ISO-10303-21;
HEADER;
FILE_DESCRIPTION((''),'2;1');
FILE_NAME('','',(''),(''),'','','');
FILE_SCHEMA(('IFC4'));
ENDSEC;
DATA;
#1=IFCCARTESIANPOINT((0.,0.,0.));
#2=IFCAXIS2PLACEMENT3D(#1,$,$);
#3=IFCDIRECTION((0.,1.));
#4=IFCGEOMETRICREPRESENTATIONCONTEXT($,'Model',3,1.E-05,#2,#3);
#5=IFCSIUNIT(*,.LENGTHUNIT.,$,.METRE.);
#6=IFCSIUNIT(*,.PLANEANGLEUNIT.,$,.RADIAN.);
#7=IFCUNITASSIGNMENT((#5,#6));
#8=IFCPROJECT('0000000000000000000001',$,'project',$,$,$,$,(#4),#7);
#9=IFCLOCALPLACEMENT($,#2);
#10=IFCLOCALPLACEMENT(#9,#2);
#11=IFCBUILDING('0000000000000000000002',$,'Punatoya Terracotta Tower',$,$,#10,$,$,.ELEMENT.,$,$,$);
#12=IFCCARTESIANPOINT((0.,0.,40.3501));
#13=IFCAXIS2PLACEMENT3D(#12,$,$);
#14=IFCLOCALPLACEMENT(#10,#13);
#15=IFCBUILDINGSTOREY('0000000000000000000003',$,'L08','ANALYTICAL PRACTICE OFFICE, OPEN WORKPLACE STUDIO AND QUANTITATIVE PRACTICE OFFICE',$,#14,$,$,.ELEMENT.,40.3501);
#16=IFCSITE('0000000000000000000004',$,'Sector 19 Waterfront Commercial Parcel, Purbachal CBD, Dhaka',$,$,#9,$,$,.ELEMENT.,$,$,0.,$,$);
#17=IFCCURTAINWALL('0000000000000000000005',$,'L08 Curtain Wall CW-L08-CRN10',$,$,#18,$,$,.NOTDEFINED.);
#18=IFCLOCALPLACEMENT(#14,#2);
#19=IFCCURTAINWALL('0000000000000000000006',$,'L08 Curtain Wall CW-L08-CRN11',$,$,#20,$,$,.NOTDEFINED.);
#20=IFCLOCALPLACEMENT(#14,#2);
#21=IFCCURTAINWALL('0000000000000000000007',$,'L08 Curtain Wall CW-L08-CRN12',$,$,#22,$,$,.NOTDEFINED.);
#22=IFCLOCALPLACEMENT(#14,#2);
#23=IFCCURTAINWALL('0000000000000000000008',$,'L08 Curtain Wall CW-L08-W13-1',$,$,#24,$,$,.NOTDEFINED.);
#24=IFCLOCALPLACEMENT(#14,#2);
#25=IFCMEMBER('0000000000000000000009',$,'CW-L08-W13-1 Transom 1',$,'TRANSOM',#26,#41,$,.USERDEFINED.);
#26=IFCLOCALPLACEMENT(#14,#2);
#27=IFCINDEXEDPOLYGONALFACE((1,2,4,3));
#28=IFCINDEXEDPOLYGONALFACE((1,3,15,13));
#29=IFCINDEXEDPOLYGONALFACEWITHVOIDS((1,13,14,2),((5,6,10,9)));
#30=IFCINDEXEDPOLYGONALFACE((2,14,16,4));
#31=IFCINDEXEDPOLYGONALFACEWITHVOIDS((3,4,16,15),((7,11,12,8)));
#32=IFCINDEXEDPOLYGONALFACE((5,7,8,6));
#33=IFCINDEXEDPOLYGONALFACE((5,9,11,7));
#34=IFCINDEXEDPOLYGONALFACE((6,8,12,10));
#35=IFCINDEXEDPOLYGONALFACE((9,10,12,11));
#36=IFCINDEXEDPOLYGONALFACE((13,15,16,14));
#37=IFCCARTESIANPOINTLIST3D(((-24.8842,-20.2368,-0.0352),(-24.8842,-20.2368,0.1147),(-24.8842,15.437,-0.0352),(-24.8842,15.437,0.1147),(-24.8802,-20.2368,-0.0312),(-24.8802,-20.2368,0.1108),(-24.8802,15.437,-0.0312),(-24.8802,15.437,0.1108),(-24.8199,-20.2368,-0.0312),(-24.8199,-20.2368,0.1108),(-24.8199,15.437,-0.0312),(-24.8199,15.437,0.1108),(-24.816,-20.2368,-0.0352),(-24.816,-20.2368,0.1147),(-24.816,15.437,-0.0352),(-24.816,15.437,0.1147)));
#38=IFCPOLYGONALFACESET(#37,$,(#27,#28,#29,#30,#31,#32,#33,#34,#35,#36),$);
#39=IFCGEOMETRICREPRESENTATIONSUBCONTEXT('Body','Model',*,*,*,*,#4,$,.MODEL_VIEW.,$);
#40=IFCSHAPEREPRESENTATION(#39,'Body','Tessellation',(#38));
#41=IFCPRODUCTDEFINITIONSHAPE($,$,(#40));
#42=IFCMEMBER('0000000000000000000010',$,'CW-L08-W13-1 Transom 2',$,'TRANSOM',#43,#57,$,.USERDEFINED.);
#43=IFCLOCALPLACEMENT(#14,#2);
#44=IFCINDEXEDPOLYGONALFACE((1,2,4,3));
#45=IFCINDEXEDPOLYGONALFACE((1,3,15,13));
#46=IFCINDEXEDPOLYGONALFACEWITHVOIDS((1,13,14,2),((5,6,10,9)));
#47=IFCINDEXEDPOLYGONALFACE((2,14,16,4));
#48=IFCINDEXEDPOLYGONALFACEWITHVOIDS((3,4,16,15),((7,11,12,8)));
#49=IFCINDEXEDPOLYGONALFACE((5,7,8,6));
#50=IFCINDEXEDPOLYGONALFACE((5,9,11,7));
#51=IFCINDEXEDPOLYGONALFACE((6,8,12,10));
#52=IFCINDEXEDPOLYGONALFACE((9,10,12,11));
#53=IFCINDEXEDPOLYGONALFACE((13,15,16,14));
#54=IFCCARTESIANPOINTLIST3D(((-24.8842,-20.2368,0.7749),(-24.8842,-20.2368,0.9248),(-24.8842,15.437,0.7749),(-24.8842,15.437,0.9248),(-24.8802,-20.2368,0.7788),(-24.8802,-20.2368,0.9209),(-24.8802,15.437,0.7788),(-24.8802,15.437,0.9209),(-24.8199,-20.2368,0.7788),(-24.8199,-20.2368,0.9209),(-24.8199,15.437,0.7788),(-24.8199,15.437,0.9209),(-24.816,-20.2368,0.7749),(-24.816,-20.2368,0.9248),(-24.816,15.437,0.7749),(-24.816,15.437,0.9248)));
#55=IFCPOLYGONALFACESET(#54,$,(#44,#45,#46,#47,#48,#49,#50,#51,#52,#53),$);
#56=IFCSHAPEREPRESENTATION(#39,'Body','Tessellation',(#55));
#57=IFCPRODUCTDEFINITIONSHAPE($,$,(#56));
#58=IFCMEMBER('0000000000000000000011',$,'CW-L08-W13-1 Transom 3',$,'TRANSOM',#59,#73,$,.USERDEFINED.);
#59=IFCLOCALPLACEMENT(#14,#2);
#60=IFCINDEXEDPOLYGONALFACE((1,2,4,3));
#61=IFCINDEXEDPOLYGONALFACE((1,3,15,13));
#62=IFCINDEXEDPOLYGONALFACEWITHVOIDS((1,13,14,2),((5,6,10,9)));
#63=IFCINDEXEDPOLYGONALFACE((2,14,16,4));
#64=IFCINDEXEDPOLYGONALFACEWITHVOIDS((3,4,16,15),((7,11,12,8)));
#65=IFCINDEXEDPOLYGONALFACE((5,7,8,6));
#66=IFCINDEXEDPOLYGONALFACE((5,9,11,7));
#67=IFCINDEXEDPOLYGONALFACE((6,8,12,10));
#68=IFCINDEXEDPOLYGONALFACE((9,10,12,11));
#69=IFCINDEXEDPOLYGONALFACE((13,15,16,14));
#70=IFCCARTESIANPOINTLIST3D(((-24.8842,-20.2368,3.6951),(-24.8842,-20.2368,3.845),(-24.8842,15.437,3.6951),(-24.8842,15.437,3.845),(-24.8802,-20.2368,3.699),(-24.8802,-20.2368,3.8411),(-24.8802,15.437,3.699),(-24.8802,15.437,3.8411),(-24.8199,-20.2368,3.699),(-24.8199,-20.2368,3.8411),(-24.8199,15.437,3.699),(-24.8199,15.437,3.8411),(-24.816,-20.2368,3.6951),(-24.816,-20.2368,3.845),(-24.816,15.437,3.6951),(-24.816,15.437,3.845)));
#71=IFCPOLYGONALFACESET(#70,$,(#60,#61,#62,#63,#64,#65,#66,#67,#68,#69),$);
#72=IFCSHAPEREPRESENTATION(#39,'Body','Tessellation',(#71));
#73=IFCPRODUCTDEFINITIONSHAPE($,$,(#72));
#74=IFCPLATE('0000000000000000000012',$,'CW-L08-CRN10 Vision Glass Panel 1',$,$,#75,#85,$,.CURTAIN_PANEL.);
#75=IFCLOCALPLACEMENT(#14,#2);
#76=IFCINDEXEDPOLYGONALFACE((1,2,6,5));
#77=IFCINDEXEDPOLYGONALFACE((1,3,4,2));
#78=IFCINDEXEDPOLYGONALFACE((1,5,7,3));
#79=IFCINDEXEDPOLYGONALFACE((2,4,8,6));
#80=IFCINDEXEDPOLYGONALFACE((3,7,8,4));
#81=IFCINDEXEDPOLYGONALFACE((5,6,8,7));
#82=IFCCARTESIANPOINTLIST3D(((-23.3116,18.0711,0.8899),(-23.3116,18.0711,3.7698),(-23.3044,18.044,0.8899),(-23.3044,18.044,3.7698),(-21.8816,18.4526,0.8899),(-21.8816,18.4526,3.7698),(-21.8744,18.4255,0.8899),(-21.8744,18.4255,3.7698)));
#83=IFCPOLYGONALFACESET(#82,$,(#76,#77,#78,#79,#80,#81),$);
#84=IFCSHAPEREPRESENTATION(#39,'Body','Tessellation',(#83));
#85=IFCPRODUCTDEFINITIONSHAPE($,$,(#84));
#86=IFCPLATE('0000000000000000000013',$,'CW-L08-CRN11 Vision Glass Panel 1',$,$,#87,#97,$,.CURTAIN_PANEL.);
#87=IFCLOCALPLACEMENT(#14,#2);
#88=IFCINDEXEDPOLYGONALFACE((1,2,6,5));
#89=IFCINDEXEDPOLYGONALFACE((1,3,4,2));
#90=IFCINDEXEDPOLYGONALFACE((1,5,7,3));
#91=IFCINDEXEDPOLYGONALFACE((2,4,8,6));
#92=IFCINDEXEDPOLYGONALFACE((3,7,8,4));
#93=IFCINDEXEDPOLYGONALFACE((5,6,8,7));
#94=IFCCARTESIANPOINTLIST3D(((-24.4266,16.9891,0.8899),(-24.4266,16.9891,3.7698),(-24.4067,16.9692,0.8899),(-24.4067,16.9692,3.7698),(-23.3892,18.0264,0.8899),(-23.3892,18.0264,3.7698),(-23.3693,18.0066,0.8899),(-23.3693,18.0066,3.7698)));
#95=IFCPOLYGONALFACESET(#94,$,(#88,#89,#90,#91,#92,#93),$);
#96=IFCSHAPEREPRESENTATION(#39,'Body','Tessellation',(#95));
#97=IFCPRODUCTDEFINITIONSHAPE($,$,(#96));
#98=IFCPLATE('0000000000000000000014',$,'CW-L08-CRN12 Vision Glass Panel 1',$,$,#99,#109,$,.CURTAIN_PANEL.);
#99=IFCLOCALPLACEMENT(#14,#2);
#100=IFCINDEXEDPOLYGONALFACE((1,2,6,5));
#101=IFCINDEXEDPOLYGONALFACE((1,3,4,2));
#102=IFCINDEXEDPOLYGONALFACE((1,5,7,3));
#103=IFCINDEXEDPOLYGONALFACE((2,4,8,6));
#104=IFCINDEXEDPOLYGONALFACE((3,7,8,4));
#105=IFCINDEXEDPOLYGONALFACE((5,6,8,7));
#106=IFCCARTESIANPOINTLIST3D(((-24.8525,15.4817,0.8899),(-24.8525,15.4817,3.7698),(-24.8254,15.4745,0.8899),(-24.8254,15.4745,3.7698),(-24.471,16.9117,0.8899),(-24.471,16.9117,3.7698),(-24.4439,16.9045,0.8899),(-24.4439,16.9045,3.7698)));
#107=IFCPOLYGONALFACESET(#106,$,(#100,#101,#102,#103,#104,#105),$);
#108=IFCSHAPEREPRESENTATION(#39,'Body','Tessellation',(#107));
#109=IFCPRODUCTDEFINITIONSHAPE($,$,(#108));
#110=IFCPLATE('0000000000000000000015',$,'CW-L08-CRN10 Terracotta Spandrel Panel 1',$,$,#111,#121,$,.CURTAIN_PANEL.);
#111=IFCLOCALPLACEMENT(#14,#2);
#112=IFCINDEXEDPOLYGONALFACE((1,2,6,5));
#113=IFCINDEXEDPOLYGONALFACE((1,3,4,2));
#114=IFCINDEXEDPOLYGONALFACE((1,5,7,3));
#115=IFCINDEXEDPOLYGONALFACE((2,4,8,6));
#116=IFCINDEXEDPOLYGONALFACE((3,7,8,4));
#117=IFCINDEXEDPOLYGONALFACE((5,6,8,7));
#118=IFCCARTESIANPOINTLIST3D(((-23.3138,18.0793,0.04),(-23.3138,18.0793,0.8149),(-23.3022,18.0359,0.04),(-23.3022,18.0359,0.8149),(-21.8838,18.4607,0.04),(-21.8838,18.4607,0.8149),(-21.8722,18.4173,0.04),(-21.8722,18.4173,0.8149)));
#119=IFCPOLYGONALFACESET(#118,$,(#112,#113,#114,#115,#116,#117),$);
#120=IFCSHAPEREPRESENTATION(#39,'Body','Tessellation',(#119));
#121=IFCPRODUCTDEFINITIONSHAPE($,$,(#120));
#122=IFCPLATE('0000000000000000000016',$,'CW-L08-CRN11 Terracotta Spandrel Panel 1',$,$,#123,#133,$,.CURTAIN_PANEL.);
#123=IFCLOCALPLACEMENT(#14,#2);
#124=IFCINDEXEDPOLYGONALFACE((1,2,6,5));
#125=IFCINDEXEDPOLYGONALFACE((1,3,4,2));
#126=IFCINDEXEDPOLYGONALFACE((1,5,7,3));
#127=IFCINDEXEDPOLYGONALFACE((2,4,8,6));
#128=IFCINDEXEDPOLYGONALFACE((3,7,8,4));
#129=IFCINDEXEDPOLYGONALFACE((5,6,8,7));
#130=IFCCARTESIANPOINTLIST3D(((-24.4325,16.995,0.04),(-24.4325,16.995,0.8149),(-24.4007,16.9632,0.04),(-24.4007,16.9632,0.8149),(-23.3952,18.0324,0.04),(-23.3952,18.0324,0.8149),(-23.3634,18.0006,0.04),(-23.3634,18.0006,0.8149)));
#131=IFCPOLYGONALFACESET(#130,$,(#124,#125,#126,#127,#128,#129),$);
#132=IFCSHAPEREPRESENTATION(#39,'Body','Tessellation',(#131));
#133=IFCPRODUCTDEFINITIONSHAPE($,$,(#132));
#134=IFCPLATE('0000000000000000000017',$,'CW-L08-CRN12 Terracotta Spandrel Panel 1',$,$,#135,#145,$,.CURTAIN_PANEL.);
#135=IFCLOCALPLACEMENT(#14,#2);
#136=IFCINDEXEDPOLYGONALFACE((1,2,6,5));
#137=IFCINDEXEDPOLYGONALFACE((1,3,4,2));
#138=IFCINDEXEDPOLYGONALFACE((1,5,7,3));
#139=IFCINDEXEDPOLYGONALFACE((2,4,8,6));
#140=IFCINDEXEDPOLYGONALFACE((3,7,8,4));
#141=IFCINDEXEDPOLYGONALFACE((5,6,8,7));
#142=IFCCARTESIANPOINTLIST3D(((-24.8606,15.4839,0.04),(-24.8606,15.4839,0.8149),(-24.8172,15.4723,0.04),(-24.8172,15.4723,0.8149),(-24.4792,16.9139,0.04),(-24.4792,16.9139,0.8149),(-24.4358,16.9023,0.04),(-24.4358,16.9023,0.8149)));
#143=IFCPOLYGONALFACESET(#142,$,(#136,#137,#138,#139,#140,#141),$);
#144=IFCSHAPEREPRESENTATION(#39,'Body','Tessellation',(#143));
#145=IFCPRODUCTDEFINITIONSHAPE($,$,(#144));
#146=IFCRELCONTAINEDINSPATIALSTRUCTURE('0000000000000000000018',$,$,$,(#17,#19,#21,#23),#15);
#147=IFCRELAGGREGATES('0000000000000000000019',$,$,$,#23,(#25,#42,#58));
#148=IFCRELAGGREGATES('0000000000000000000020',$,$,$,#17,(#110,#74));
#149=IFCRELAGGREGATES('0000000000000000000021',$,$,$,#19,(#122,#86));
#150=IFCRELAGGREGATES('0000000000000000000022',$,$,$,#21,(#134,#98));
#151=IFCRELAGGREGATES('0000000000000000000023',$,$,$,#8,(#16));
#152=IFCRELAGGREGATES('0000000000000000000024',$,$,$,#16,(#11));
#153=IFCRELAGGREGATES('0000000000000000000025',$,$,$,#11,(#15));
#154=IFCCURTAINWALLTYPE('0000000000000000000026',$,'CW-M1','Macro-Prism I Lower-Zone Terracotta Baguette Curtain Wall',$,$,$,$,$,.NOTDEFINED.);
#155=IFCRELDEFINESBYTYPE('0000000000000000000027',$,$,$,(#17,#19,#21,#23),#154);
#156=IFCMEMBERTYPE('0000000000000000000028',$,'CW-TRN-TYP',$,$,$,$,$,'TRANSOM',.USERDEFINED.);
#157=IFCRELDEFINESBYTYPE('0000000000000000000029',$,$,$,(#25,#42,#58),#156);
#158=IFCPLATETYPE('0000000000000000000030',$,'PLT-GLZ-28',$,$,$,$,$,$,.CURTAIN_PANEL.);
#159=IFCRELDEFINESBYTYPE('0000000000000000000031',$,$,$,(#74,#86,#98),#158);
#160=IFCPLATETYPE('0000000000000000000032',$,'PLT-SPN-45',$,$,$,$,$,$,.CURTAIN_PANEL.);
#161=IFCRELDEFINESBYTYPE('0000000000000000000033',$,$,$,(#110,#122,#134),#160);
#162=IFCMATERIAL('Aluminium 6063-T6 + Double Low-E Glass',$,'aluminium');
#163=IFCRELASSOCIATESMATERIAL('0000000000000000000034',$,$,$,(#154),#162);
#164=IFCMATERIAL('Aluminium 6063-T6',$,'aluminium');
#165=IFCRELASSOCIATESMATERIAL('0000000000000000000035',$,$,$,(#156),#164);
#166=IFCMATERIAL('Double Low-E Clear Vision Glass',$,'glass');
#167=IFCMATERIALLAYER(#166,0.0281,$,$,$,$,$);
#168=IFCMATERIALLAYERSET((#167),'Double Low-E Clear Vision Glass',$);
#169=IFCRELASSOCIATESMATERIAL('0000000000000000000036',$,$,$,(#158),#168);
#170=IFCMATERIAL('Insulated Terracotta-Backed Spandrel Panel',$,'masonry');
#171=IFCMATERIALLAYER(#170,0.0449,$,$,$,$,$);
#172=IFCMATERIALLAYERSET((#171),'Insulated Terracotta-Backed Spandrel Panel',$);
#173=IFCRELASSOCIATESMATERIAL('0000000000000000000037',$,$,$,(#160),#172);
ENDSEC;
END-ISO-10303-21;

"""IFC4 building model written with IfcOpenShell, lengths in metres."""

from ifc_helpers import new_model, si_unit, direction, frame, origin, origin_2d, place, context, subcontext, project, spatial, rectangle, hollow_rectangle, extrude, material, layer, layer_set, material_profile, profile_set, type_object, element, aggregate, save


model = new_model("IFC4")

# Units and contexts
model_context = context("Model", 3, precision=1e-05, world=origin(), true_north=direction((0.0, 1.0)))
body_context = subcontext(model_context, "Body", "Model", "MODEL_VIEW")
ifc_project = project(units=[si_unit("LENGTHUNIT", "METRE"), si_unit("PLANEANGLEUNIT", "RADIAN")], contexts=[model_context])

# Site, building, storey
site_placement = place(None, origin())
site = spatial("IfcSite", under=ifc_project, at=site_placement, Name="Sector 19 Waterfront Commercial Parcel, Purbachal CBD, Dhaka", CompositionType="ELEMENT", RefElevation=0.0)
building_placement = place(site_placement, origin())
building = spatial("IfcBuilding", under=site, at=building_placement, Name="Punatoya Terracotta Tower", CompositionType="ELEMENT")
storey_placement = place(building_placement, frame((0.0, 0.0, 40.3501)))
storey = spatial("IfcBuildingStorey", under=building, at=storey_placement, Name="L08", Description="ANALYTICAL PRACTICE OFFICE, OPEN WORKPLACE STUDIO AND QUANTITATIVE PRACTICE OFFICE", CompositionType="ELEMENT", Elevation=40.3501)

# Curtain walls
ifc_material_1 = material(Name="Aluminium 6063-T6 + Double Low-E Glass", Category="aluminium")
curtain_wall_type = type_object("IfcCurtainWallType", Name="CW-M1", Description="Macro-Prism I Lower-Zone Terracotta Baguette Curtain Wall", PredefinedType="NOTDEFINED", material=ifc_material_1)
curtain_wall_1_placement = place(storey_placement, origin())
curtain_wall_1 = element("IfcCurtainWall", 1, at=curtain_wall_1_placement, inside=storey, type_object=curtain_wall_type, Name="L08 Curtain Wall CW-L08-CRN10", PredefinedType="NOTDEFINED")
ifc_material_2 = material(Name="Aluminium 6063-T6", Category="aluminium")
curtain_wall_2_placement = place(storey_placement, origin())
curtain_wall_2 = element("IfcCurtainWall", 2, at=curtain_wall_2_placement, inside=storey, type_object=curtain_wall_type, Name="L08 Curtain Wall CW-L08-CRN11", PredefinedType="NOTDEFINED")
curtain_wall_3_placement = place(storey_placement, origin())
curtain_wall_3 = element("IfcCurtainWall", 3, at=curtain_wall_3_placement, inside=storey, type_object=curtain_wall_type, Name="L08 Curtain Wall CW-L08-CRN12", PredefinedType="NOTDEFINED")

# Curtain wall
curtain_wall_4_placement = place(storey_placement, origin())
curtain_wall_4 = element("IfcCurtainWall", 4, at=curtain_wall_4_placement, inside=storey, type_object=curtain_wall_type, Name="L08 Curtain Wall CW-L08-W13-1", PredefinedType="NOTDEFINED")

# Members
ifc_material_profile_1 = material_profile(ifc_material_2, hollow_rectangle(XDim=0.0681, YDim=0.1499, WallThickness=0.0039, at=origin_2d()))
ifc_profile_set_1 = profile_set([ifc_material_profile_1], Name="Aluminium 6063-T6")
member_type_1 = type_object("IfcMemberType", Name="CW-TRN-TYP", ElementType="TRANSOM", PredefinedType="USERDEFINED", material=ifc_profile_set_1)
member_1_placement = place(storey_placement, frame((-24.8501, 15.437, 0.0398), z_axis=(0.0, -1.0, 0.0), x_axis=(1.0, 0.0, 0.0)))
member_1 = element("IfcMember", 5, at=member_1_placement, type_object=member_type_1, Name="CW-L08-W13-1 Transom 1", ObjectType="TRANSOM", PredefinedType="USERDEFINED", context=body_context, shape_type="SweptSolid", body=[
    extrude(hollow_rectangle(XDim=0.0681, YDim=0.1499, WallThickness=0.0039, at=origin_2d()), origin(), (0.0, 0.0, 1.0), 35.6738),
])
member_2_placement = place(storey_placement, frame((-24.8501, 15.437, 0.8499), z_axis=(0.0, -1.0, 0.0), x_axis=(1.0, 0.0, 0.0)))
member_2 = element("IfcMember", 6, at=member_2_placement, type_object=member_type_1, Name="CW-L08-W13-1 Transom 2", ObjectType="TRANSOM", PredefinedType="USERDEFINED", context=body_context, shape_type="SweptSolid", body=[
    extrude(hollow_rectangle(XDim=0.0681, YDim=0.1499, WallThickness=0.0039, at=origin_2d()), origin(), (0.0, 0.0, 1.0), 35.6738),
])
member_3_placement = place(storey_placement, frame((-24.8501, 15.437, 3.77), z_axis=(0.0, -1.0, 0.0), x_axis=(1.0, 0.0, 0.0)))
member_3 = element("IfcMember", 7, at=member_3_placement, type_object=member_type_1, Name="CW-L08-W13-1 Transom 3", ObjectType="TRANSOM", PredefinedType="USERDEFINED", context=body_context, shape_type="SweptSolid", body=[
    extrude(hollow_rectangle(XDim=0.0681, YDim=0.1499, WallThickness=0.0039, at=origin_2d()), origin(), (0.0, 0.0, 1.0), 35.6738),
])
aggregate(curtain_wall_4, [member_1, member_2, member_3])

# Plates
ifc_material_3 = material(Name="Double Low-E Clear Vision Glass", Category="glass")
ifc_layer_1 = layer(ifc_material_3, 0.0281)
ifc_layer_set_1 = layer_set([ifc_layer_1], Name="Double Low-E Clear Vision Glass")
plate_type_1 = type_object("IfcPlateType", Name="PLT-GLZ-28", PredefinedType="CURTAIN_PANEL", material=ifc_layer_set_1)
plate_1_placement = place(storey_placement, frame((-22.593, 18.2483, 0.8899), z_axis=(0.0, 0.0, 1.0), x_axis=(-0.966214, -0.257742, 0.0)))
plate_1 = element("IfcPlate", 8, at=plate_1_placement, type_object=plate_type_1, Name="CW-L08-CRN10 Vision Glass Panel 1", PredefinedType="CURTAIN_PANEL", context=body_context, shape_type="SweptSolid", body=[
    extrude(rectangle(XDim=1.48, YDim=0.0281, at=origin_2d()), origin(), (0.0, 0.0, 1.0), 2.8799),
])
plate_2_placement = place(storey_placement, frame((-23.8979, 17.4978, 0.8899), z_axis=(0.0, 0.0, 1.0), x_axis=(-0.707107, -0.707107, 0.0)))
plate_2 = element("IfcPlate", 9, at=plate_2_placement, type_object=plate_type_1, Name="CW-L08-CRN11 Vision Glass Panel 1", PredefinedType="CURTAIN_PANEL", context=body_context, shape_type="SweptSolid", body=[
    extrude(rectangle(XDim=1.467, YDim=0.0281, at=origin_2d()), origin(), (0.0, 0.0, 1.0), 2.8799),
])
plate_3_placement = place(storey_placement, frame((-24.6482, 16.1931, 0.8899), z_axis=(0.0, 0.0, 1.0), x_axis=(-0.257742, -0.966214, 0.0)))
plate_3 = element("IfcPlate", 10, at=plate_3_placement, type_object=plate_type_1, Name="CW-L08-CRN12 Vision Glass Panel 1", PredefinedType="CURTAIN_PANEL", context=body_context, shape_type="SweptSolid", body=[
    extrude(rectangle(XDim=1.48, YDim=0.0281, at=origin_2d()), origin(), (0.0, 0.0, 1.0), 2.8799),
])
ifc_material_4 = material(Name="Insulated Terracotta-Backed Spandrel Panel", Category="masonry")
ifc_layer_2 = layer(ifc_material_4, 0.0449)
ifc_layer_set_2 = layer_set([ifc_layer_2], Name="Insulated Terracotta-Backed Spandrel Panel")
plate_type_2 = type_object("IfcPlateType", Name="PLT-SPN-45", PredefinedType="CURTAIN_PANEL", material=ifc_layer_set_2)
plate_4_placement = place(storey_placement, frame((-22.593, 18.2483, 0.04), z_axis=(0.0, 0.0, 1.0), x_axis=(-0.966214, -0.257742, 0.0)))
plate_4 = element("IfcPlate", 11, at=plate_4_placement, type_object=plate_type_2, Name="CW-L08-CRN10 Terracotta Spandrel Panel 1", PredefinedType="CURTAIN_PANEL", context=body_context, shape_type="SweptSolid", body=[
    extrude(rectangle(XDim=1.48, YDim=0.0449, at=origin_2d()), origin(), (0.0, 0.0, 1.0), 0.7749),
])
aggregate(curtain_wall_1, [plate_4, plate_1])
plate_5_placement = place(storey_placement, frame((-23.8979, 17.4978, 0.04), z_axis=(0.0, 0.0, 1.0), x_axis=(-0.707107, -0.707107, 0.0)))
plate_5 = element("IfcPlate", 12, at=plate_5_placement, type_object=plate_type_2, Name="CW-L08-CRN11 Terracotta Spandrel Panel 1", PredefinedType="CURTAIN_PANEL", context=body_context, shape_type="SweptSolid", body=[
    extrude(rectangle(XDim=1.467, YDim=0.0449, at=origin_2d()), origin(), (0.0, 0.0, 1.0), 0.7749),
])
aggregate(curtain_wall_2, [plate_5, plate_2])
plate_6_placement = place(storey_placement, frame((-24.6482, 16.1931, 0.04), z_axis=(0.0, 0.0, 1.0), x_axis=(-0.257742, -0.966214, 0.0)))
plate_6 = element("IfcPlate", 13, at=plate_6_placement, type_object=plate_type_2, Name="CW-L08-CRN12 Terracotta Spandrel Panel 1", PredefinedType="CURTAIN_PANEL", context=body_context, shape_type="SweptSolid", body=[
    extrude(rectangle(XDim=1.48, YDim=0.0449, at=origin_2d()), origin(), (0.0, 0.0, 1.0), 0.7749),
])
aggregate(curtain_wall_3, [plate_6, plate_3])

save(model, "model.ifc")
